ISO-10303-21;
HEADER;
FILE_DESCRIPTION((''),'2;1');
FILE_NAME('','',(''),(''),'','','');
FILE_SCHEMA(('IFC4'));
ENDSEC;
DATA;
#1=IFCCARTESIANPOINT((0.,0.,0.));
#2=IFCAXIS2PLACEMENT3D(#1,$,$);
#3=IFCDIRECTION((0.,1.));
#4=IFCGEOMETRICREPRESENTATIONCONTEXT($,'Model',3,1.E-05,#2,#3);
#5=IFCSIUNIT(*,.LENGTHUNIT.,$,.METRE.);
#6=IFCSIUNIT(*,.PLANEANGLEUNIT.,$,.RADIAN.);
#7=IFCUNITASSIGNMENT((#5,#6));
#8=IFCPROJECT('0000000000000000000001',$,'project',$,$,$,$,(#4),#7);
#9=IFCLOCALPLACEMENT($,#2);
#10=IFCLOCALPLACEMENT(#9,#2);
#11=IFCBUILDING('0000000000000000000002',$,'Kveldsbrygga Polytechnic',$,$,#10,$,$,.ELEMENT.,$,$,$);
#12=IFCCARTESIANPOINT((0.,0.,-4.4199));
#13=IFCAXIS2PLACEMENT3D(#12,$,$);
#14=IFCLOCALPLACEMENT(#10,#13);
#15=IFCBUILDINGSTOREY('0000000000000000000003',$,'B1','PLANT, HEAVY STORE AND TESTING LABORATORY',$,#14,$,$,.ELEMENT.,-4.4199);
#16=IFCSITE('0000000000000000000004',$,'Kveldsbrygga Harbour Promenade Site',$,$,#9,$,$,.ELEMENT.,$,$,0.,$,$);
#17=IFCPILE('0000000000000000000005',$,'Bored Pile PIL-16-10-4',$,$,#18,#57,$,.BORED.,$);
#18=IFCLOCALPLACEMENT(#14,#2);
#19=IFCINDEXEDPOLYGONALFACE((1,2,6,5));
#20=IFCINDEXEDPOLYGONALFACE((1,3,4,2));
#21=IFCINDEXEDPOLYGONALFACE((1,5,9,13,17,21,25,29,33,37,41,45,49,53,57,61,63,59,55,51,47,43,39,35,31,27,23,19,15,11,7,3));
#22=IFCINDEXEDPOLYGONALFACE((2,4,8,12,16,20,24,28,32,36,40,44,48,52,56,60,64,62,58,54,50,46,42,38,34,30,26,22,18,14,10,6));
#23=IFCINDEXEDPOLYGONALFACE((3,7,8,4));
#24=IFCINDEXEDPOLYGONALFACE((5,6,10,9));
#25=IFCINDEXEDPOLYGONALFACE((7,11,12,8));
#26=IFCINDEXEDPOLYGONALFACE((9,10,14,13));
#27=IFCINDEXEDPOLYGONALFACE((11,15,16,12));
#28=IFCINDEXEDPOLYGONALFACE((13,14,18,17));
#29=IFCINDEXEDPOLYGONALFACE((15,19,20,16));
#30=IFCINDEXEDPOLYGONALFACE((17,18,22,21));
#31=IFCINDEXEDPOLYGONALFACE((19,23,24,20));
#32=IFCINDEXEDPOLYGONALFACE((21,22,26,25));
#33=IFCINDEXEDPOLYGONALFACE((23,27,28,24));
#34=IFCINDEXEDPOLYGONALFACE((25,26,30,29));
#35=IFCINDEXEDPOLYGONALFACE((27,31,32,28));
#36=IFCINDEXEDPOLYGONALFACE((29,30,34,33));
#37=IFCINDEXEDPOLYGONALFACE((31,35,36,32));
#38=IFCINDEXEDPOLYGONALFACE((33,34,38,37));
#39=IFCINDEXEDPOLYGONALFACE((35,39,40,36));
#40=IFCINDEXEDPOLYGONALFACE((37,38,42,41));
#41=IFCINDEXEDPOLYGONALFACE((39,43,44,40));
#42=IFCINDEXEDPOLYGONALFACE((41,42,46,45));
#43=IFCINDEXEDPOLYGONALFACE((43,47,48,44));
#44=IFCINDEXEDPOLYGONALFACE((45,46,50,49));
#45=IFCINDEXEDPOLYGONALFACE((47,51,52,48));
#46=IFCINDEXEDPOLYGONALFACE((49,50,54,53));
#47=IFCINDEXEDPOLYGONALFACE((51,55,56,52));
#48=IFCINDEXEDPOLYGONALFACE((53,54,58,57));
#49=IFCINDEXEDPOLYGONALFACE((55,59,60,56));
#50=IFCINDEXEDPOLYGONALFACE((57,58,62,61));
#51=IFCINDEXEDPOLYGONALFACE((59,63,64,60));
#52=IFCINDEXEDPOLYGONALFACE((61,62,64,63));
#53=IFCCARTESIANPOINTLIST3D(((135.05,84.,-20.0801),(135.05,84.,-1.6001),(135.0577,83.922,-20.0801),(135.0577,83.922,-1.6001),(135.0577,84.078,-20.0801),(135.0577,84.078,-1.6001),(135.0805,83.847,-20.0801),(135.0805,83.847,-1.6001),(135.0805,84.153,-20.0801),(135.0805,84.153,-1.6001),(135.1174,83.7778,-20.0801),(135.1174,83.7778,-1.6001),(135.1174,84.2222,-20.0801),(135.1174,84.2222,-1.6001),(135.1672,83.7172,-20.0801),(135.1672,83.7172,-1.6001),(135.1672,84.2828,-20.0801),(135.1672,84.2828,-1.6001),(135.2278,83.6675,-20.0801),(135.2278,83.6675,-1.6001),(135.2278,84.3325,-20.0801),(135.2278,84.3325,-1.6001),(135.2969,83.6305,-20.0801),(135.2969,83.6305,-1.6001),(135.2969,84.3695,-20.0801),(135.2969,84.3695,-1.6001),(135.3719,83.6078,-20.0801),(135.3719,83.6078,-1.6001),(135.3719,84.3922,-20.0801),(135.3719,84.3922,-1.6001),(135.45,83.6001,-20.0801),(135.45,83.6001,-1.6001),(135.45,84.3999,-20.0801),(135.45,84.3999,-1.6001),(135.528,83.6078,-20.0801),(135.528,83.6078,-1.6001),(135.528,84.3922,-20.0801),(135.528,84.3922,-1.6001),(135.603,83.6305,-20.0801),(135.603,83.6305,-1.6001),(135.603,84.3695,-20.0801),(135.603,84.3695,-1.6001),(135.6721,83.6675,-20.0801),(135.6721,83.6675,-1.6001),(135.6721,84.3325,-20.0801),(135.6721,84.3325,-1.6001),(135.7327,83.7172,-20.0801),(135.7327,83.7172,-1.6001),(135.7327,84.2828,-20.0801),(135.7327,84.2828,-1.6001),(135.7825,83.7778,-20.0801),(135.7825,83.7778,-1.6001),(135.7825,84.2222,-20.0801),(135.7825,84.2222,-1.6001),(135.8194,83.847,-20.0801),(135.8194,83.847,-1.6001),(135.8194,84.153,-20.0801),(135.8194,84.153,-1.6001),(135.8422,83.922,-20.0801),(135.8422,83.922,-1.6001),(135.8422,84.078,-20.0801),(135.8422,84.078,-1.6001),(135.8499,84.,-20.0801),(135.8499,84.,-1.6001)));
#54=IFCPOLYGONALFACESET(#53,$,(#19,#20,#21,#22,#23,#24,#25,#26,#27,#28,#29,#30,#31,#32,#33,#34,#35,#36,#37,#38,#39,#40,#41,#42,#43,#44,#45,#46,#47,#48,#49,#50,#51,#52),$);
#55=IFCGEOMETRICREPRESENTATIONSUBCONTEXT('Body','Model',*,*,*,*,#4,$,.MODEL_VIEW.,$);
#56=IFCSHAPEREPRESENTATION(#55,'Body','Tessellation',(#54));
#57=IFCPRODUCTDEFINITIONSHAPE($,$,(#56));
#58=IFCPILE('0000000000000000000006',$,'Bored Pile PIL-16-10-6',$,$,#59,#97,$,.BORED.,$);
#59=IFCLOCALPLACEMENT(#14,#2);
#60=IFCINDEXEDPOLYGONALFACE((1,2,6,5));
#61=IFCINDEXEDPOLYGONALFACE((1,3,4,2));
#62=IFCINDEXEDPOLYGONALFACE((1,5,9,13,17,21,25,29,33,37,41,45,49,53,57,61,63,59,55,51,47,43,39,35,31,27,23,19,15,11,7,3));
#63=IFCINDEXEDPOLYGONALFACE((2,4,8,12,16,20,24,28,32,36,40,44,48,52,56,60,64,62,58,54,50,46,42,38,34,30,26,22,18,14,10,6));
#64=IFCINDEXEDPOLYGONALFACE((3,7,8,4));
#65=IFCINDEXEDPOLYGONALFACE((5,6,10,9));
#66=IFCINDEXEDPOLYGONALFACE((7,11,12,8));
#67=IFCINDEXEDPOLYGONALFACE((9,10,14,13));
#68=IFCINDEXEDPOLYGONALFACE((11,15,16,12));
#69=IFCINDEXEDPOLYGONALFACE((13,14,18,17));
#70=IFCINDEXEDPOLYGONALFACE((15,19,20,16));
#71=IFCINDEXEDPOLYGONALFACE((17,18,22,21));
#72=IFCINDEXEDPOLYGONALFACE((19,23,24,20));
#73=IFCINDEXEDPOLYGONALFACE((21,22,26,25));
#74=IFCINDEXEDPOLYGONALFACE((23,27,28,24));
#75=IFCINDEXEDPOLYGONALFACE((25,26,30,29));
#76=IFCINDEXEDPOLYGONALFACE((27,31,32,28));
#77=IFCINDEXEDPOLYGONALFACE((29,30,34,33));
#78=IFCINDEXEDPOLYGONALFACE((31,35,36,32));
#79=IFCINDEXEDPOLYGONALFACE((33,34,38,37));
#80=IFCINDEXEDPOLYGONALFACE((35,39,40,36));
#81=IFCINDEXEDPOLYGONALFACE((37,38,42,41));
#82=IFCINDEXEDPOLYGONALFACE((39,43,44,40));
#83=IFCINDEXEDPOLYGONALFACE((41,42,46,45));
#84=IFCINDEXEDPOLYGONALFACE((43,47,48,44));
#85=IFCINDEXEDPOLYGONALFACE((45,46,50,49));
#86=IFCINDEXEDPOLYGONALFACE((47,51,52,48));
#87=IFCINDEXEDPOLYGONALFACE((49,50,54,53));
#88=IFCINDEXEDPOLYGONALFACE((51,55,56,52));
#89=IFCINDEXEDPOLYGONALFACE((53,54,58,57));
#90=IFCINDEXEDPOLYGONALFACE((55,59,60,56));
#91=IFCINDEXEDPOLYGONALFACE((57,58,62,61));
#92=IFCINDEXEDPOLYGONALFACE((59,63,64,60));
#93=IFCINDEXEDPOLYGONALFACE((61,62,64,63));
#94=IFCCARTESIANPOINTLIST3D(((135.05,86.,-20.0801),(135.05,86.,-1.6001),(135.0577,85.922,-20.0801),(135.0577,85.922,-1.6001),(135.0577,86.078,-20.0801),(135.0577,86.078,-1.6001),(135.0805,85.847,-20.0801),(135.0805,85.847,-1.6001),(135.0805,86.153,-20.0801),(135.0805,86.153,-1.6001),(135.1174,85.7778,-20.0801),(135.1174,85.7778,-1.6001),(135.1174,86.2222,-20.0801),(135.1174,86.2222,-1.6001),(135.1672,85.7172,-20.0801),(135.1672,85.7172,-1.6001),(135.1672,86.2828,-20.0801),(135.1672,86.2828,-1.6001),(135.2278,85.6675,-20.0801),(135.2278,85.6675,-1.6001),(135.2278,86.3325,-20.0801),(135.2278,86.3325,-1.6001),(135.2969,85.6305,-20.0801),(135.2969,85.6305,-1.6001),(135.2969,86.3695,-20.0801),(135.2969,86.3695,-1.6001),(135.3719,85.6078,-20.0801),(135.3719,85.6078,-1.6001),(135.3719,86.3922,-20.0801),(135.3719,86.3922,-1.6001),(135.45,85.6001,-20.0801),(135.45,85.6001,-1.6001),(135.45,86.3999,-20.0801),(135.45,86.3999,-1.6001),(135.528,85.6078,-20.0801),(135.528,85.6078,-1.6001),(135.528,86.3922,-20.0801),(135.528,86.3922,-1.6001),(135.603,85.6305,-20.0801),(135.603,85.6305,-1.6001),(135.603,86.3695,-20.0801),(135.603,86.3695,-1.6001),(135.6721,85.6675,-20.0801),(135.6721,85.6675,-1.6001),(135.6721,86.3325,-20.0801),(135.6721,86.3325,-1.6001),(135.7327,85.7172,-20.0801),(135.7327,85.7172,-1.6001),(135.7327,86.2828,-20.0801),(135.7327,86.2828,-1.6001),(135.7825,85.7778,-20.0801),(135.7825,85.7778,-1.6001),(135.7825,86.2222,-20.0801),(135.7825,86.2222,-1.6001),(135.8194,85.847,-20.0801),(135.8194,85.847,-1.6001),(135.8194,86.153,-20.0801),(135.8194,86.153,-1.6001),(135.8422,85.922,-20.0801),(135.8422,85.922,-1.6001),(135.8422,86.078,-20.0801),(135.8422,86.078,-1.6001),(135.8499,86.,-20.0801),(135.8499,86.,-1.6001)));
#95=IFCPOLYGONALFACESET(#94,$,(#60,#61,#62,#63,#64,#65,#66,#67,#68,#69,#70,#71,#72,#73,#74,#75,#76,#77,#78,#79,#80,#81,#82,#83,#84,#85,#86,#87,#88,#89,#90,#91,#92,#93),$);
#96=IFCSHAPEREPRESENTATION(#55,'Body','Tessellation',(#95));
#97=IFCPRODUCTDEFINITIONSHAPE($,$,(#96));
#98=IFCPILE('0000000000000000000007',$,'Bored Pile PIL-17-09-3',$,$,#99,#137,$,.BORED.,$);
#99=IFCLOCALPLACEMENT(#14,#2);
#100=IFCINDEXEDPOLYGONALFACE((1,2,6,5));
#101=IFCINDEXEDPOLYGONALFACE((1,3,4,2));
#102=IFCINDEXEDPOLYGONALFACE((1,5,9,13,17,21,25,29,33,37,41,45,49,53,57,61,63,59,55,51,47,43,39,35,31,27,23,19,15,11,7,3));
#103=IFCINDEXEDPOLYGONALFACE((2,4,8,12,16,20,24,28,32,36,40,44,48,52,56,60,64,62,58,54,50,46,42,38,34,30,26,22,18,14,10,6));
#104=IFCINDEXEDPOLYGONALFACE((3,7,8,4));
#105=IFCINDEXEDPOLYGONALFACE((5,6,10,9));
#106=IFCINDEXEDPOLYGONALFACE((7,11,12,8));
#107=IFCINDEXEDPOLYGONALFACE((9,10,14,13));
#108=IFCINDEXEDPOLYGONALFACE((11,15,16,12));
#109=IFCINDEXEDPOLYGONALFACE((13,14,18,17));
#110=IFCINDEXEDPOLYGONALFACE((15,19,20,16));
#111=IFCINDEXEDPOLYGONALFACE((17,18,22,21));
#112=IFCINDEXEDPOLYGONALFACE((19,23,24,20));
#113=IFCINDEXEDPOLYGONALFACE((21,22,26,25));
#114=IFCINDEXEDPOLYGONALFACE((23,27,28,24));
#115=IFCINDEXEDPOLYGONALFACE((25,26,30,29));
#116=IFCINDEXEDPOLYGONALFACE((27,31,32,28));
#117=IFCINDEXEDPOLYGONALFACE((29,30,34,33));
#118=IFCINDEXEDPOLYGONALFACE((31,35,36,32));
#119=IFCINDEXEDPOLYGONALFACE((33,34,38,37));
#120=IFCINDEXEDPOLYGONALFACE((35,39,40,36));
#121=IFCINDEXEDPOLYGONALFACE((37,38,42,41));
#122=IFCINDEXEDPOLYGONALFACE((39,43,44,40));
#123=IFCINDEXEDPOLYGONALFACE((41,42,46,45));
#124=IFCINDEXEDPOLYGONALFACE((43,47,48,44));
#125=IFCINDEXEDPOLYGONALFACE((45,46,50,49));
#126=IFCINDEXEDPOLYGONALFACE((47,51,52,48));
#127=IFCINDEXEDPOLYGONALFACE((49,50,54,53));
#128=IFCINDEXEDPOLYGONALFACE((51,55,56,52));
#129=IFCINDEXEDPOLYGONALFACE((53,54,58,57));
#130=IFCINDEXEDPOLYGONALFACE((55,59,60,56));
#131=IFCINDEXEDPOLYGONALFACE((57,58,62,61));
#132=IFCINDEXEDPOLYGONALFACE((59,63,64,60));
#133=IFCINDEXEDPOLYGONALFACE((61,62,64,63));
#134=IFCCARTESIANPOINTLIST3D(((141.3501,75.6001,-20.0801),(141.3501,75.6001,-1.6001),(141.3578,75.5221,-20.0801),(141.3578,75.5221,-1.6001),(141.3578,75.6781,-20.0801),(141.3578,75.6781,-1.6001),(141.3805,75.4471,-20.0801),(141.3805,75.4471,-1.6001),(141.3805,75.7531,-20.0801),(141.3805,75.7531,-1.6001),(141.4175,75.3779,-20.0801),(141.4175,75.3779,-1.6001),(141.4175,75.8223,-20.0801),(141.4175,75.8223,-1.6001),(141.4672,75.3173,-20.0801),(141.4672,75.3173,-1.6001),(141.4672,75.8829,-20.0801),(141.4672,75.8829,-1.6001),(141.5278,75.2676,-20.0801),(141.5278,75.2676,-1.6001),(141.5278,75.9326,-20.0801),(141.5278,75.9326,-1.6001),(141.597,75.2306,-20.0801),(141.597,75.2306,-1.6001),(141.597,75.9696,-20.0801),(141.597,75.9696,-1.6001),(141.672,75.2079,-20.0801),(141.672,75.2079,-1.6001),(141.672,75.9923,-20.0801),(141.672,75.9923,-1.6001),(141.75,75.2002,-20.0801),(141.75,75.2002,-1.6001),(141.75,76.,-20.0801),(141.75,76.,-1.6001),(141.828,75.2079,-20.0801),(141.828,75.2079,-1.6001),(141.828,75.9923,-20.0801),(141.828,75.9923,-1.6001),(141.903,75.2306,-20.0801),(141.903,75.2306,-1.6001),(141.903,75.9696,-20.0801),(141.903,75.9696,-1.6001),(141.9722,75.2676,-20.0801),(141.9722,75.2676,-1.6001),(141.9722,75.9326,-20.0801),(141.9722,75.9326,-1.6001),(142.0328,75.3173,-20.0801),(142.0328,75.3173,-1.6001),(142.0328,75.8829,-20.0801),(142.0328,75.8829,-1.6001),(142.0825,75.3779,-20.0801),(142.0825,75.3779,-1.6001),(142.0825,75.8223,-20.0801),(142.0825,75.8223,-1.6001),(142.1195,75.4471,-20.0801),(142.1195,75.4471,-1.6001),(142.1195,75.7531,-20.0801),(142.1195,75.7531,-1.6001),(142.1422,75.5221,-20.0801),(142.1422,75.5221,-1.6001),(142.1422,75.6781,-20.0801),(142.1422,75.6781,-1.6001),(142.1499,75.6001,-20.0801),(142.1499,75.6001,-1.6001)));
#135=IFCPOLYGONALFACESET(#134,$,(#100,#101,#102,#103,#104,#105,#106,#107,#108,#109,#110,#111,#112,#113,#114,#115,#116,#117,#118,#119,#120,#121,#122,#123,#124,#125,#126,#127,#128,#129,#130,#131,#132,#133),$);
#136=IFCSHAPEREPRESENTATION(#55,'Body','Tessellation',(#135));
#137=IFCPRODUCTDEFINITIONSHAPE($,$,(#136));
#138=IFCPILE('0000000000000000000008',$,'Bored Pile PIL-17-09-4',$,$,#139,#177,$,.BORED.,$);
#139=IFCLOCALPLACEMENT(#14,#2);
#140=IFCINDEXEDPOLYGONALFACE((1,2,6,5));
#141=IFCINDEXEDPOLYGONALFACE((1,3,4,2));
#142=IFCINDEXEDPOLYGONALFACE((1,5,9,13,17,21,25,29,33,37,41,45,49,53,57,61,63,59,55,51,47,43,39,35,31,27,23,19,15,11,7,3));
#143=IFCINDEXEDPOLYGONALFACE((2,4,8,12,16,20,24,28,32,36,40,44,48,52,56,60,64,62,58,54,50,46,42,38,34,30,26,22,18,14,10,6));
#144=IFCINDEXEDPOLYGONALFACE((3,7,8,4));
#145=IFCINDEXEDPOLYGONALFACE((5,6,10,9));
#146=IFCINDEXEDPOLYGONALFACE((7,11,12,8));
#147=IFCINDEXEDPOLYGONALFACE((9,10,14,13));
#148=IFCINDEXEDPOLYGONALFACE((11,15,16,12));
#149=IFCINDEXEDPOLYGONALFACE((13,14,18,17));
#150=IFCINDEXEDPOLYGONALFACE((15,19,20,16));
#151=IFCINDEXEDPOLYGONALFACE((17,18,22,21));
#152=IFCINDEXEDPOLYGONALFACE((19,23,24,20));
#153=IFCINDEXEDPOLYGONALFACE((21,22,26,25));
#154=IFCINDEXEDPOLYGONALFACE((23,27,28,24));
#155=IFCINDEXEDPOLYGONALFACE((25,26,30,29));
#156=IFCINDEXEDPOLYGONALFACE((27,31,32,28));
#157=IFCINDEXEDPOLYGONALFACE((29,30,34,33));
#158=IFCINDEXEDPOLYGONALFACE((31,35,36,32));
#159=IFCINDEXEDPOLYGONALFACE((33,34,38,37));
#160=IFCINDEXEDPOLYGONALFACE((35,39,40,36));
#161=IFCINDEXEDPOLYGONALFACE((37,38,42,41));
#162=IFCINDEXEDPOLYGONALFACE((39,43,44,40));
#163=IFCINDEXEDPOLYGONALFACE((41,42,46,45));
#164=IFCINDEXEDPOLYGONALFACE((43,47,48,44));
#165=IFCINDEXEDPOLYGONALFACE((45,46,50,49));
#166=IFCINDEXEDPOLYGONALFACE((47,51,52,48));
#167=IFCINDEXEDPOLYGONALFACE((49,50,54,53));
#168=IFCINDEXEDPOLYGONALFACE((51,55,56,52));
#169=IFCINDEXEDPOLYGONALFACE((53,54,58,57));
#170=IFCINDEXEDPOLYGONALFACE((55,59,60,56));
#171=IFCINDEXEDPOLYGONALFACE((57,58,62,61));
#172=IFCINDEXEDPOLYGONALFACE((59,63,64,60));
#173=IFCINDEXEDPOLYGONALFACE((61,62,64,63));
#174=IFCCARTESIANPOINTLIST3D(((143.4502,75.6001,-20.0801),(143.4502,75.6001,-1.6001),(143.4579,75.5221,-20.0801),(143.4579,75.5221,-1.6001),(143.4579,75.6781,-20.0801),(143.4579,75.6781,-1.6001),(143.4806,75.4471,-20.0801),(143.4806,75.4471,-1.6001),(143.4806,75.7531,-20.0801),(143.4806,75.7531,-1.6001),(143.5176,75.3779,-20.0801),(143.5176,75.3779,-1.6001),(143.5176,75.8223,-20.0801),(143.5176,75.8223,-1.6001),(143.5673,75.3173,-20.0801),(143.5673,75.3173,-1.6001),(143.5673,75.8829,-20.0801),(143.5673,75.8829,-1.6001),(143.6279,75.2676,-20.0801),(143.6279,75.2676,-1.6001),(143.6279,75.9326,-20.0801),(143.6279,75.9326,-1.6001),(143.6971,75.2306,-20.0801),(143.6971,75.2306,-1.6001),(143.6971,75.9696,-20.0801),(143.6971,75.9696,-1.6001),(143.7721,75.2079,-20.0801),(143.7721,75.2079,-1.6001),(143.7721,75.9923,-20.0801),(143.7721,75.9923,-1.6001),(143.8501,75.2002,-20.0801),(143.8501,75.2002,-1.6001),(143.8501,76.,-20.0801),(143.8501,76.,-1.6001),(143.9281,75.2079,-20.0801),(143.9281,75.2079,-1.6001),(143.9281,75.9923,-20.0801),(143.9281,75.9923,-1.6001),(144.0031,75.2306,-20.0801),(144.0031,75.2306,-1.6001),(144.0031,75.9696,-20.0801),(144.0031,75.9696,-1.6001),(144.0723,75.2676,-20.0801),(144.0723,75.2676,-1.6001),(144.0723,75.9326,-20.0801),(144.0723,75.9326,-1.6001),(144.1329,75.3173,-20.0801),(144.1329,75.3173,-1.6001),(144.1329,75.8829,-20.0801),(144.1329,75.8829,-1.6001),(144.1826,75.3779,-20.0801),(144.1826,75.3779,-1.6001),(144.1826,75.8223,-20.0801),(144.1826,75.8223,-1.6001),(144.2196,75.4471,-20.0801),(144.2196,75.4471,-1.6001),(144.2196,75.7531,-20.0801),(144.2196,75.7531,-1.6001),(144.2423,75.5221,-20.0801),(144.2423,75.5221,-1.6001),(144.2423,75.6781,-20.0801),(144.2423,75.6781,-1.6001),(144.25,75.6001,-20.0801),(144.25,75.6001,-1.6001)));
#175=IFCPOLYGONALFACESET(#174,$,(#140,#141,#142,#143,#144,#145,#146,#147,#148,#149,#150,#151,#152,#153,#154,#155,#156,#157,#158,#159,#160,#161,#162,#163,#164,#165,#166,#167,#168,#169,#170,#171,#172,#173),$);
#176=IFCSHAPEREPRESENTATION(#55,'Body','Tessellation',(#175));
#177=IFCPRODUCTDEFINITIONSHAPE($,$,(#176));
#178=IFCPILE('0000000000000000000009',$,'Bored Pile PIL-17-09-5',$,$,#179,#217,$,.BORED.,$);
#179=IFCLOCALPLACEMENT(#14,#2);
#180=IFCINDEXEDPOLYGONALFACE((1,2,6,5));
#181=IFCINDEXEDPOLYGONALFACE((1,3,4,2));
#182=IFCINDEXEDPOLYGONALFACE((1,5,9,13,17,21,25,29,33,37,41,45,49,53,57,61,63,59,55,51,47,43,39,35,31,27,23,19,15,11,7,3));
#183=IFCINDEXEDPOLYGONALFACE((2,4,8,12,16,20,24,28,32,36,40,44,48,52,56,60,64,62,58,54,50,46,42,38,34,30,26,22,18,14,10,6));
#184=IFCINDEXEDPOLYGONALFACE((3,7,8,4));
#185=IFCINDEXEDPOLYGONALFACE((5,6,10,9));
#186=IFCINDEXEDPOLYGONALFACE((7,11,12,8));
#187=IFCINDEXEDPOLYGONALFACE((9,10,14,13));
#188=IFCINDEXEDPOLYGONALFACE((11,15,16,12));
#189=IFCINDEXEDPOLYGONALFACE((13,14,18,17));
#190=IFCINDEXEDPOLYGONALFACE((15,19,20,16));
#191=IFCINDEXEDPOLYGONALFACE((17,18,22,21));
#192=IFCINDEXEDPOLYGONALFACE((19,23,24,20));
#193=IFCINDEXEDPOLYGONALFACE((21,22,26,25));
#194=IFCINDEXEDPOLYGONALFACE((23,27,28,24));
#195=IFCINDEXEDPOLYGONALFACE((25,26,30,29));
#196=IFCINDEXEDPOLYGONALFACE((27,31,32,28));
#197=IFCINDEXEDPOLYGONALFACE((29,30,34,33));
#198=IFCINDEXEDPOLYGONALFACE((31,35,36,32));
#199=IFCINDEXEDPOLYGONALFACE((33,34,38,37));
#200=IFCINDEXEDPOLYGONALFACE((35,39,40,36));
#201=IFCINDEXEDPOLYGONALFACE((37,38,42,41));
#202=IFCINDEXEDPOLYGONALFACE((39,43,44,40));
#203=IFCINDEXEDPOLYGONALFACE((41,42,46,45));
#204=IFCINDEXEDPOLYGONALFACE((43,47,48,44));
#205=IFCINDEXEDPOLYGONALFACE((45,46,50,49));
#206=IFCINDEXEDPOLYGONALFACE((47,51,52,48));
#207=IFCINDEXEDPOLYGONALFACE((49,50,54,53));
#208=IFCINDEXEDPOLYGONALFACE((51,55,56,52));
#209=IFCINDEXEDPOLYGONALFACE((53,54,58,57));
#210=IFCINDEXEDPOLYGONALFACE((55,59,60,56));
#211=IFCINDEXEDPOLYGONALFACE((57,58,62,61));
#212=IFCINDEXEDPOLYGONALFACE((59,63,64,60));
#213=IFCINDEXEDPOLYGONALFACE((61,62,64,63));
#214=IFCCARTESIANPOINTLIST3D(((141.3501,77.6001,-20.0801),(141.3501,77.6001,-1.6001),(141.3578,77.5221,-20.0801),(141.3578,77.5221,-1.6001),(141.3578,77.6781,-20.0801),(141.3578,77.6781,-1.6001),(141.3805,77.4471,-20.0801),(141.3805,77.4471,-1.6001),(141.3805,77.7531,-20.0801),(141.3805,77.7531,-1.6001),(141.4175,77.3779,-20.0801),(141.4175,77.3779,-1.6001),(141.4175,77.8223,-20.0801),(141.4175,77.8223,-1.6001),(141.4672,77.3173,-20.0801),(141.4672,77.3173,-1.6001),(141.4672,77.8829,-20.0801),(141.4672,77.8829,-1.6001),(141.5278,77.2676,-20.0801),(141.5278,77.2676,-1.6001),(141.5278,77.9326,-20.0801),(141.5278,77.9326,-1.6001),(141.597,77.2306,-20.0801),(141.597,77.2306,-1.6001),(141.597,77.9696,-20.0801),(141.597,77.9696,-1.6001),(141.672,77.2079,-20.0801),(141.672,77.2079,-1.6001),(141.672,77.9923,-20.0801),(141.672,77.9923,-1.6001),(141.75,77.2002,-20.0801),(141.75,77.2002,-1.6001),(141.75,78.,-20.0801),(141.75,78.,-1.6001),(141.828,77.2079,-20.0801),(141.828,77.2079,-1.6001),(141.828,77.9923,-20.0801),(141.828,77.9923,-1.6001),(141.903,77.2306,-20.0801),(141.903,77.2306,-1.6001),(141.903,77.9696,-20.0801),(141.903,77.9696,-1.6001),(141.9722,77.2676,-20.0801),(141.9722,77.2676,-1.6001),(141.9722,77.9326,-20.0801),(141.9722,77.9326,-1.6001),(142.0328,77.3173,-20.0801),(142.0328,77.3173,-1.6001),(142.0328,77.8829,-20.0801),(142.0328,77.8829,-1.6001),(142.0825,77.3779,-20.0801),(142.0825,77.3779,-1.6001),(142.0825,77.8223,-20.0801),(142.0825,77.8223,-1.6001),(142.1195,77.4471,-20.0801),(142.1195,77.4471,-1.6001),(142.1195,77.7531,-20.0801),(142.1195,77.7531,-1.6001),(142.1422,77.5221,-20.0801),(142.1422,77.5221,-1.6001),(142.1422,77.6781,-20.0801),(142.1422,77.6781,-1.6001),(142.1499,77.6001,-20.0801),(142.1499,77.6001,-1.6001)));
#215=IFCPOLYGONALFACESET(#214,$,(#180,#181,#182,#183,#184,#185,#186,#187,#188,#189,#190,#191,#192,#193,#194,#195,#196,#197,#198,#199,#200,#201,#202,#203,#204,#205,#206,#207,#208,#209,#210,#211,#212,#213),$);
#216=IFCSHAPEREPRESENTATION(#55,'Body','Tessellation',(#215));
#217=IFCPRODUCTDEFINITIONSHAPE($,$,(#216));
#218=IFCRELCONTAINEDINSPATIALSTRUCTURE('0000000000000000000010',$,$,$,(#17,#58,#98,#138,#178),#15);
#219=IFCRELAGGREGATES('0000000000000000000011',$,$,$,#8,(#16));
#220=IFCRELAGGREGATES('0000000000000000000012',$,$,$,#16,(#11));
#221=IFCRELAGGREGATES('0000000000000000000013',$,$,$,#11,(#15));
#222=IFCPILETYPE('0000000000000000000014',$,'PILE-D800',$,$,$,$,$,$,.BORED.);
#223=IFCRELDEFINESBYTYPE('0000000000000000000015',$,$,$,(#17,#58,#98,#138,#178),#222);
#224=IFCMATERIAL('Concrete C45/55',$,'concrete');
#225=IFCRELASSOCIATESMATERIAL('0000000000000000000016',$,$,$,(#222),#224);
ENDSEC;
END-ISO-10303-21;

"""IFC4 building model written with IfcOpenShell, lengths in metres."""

from ifc_helpers import new_model, si_unit, direction, frame, origin, origin_2d, place, context, subcontext, project, spatial, circle, extrude, material, material_profile, profile_set, type_object, element, save


model = new_model("IFC4")

# Units and contexts
model_context = context("Model", 3, precision=1e-05, world=origin(), true_north=direction((0.0, 1.0)))
body_context = subcontext(model_context, "Body", "Model", "MODEL_VIEW")
ifc_project = project(units=[si_unit("LENGTHUNIT", "METRE"), si_unit("PLANEANGLEUNIT", "RADIAN")], contexts=[model_context])

# Site, building, storey
site_placement = place(None, origin())
site = spatial("IfcSite", under=ifc_project, at=site_placement, Name="Kveldsbrygga Harbour Promenade Site", CompositionType="ELEMENT", RefElevation=0.0)
building_placement = place(site_placement, origin())
building = spatial("IfcBuilding", under=site, at=building_placement, Name="Kveldsbrygga Polytechnic", CompositionType="ELEMENT")
storey_placement = place(building_placement, frame((0.0, 0.0, -4.4199)))
storey = spatial("IfcBuildingStorey", under=building, at=storey_placement, Name="B1", Description="PLANT, HEAVY STORE AND TESTING LABORATORY", CompositionType="ELEMENT", Elevation=-4.4199)

# Shared definitions
ifc_material_1 = material(Name="Concrete C45/55", Category="concrete")

# Piles
ifc_material_profile_1 = material_profile(ifc_material_1, circle(Radius=0.3999, at=origin_2d()), Name="PILE D800")
ifc_profile_set_1 = profile_set([ifc_material_profile_1], Name="Concrete C45/55")
pile_type = type_object("IfcPileType", Name="PILE-D800", PredefinedType="BORED", material=ifc_profile_set_1)
for number, where, z_axis, x_axis, name in (
    (1, (135.45, 84.0, -1.6001), (0.0, 0.0, -1.0), (1.0, 0.0, 0.0), "Bored Pile PIL-16-10-4"),
    (2, (135.45, 86.0, -1.6001), (0.0, 0.0, -1.0), (1.0, 0.0, 0.0), "Bored Pile PIL-16-10-6"),
    (3, (141.75, 75.6001, -1.6001), (0.0, 0.0, -1.0), (1.0, 0.0, 0.0), "Bored Pile PIL-17-09-3"),
    (4, (143.8501, 75.6001, -1.6001), (0.0, 0.0, -1.0), (1.0, 0.0, 0.0), "Bored Pile PIL-17-09-4"),
    (5, (141.75, 77.6001, -1.6001), (0.0, 0.0, -1.0), (1.0, 0.0, 0.0), "Bored Pile PIL-17-09-5"),
):
    element("IfcPile", number, at=place(storey_placement, frame(where, z_axis=z_axis, x_axis=x_axis)), inside=storey, type_object=pile_type, Name=name, PredefinedType="BORED", context=body_context, shape_type="SweptSolid", body=[
        extrude(circle(Radius=0.3999, at=origin_2d()), origin(), (0.0, 0.0, 1.0), 18.48),
    ])

save(model, "model.ifc")
